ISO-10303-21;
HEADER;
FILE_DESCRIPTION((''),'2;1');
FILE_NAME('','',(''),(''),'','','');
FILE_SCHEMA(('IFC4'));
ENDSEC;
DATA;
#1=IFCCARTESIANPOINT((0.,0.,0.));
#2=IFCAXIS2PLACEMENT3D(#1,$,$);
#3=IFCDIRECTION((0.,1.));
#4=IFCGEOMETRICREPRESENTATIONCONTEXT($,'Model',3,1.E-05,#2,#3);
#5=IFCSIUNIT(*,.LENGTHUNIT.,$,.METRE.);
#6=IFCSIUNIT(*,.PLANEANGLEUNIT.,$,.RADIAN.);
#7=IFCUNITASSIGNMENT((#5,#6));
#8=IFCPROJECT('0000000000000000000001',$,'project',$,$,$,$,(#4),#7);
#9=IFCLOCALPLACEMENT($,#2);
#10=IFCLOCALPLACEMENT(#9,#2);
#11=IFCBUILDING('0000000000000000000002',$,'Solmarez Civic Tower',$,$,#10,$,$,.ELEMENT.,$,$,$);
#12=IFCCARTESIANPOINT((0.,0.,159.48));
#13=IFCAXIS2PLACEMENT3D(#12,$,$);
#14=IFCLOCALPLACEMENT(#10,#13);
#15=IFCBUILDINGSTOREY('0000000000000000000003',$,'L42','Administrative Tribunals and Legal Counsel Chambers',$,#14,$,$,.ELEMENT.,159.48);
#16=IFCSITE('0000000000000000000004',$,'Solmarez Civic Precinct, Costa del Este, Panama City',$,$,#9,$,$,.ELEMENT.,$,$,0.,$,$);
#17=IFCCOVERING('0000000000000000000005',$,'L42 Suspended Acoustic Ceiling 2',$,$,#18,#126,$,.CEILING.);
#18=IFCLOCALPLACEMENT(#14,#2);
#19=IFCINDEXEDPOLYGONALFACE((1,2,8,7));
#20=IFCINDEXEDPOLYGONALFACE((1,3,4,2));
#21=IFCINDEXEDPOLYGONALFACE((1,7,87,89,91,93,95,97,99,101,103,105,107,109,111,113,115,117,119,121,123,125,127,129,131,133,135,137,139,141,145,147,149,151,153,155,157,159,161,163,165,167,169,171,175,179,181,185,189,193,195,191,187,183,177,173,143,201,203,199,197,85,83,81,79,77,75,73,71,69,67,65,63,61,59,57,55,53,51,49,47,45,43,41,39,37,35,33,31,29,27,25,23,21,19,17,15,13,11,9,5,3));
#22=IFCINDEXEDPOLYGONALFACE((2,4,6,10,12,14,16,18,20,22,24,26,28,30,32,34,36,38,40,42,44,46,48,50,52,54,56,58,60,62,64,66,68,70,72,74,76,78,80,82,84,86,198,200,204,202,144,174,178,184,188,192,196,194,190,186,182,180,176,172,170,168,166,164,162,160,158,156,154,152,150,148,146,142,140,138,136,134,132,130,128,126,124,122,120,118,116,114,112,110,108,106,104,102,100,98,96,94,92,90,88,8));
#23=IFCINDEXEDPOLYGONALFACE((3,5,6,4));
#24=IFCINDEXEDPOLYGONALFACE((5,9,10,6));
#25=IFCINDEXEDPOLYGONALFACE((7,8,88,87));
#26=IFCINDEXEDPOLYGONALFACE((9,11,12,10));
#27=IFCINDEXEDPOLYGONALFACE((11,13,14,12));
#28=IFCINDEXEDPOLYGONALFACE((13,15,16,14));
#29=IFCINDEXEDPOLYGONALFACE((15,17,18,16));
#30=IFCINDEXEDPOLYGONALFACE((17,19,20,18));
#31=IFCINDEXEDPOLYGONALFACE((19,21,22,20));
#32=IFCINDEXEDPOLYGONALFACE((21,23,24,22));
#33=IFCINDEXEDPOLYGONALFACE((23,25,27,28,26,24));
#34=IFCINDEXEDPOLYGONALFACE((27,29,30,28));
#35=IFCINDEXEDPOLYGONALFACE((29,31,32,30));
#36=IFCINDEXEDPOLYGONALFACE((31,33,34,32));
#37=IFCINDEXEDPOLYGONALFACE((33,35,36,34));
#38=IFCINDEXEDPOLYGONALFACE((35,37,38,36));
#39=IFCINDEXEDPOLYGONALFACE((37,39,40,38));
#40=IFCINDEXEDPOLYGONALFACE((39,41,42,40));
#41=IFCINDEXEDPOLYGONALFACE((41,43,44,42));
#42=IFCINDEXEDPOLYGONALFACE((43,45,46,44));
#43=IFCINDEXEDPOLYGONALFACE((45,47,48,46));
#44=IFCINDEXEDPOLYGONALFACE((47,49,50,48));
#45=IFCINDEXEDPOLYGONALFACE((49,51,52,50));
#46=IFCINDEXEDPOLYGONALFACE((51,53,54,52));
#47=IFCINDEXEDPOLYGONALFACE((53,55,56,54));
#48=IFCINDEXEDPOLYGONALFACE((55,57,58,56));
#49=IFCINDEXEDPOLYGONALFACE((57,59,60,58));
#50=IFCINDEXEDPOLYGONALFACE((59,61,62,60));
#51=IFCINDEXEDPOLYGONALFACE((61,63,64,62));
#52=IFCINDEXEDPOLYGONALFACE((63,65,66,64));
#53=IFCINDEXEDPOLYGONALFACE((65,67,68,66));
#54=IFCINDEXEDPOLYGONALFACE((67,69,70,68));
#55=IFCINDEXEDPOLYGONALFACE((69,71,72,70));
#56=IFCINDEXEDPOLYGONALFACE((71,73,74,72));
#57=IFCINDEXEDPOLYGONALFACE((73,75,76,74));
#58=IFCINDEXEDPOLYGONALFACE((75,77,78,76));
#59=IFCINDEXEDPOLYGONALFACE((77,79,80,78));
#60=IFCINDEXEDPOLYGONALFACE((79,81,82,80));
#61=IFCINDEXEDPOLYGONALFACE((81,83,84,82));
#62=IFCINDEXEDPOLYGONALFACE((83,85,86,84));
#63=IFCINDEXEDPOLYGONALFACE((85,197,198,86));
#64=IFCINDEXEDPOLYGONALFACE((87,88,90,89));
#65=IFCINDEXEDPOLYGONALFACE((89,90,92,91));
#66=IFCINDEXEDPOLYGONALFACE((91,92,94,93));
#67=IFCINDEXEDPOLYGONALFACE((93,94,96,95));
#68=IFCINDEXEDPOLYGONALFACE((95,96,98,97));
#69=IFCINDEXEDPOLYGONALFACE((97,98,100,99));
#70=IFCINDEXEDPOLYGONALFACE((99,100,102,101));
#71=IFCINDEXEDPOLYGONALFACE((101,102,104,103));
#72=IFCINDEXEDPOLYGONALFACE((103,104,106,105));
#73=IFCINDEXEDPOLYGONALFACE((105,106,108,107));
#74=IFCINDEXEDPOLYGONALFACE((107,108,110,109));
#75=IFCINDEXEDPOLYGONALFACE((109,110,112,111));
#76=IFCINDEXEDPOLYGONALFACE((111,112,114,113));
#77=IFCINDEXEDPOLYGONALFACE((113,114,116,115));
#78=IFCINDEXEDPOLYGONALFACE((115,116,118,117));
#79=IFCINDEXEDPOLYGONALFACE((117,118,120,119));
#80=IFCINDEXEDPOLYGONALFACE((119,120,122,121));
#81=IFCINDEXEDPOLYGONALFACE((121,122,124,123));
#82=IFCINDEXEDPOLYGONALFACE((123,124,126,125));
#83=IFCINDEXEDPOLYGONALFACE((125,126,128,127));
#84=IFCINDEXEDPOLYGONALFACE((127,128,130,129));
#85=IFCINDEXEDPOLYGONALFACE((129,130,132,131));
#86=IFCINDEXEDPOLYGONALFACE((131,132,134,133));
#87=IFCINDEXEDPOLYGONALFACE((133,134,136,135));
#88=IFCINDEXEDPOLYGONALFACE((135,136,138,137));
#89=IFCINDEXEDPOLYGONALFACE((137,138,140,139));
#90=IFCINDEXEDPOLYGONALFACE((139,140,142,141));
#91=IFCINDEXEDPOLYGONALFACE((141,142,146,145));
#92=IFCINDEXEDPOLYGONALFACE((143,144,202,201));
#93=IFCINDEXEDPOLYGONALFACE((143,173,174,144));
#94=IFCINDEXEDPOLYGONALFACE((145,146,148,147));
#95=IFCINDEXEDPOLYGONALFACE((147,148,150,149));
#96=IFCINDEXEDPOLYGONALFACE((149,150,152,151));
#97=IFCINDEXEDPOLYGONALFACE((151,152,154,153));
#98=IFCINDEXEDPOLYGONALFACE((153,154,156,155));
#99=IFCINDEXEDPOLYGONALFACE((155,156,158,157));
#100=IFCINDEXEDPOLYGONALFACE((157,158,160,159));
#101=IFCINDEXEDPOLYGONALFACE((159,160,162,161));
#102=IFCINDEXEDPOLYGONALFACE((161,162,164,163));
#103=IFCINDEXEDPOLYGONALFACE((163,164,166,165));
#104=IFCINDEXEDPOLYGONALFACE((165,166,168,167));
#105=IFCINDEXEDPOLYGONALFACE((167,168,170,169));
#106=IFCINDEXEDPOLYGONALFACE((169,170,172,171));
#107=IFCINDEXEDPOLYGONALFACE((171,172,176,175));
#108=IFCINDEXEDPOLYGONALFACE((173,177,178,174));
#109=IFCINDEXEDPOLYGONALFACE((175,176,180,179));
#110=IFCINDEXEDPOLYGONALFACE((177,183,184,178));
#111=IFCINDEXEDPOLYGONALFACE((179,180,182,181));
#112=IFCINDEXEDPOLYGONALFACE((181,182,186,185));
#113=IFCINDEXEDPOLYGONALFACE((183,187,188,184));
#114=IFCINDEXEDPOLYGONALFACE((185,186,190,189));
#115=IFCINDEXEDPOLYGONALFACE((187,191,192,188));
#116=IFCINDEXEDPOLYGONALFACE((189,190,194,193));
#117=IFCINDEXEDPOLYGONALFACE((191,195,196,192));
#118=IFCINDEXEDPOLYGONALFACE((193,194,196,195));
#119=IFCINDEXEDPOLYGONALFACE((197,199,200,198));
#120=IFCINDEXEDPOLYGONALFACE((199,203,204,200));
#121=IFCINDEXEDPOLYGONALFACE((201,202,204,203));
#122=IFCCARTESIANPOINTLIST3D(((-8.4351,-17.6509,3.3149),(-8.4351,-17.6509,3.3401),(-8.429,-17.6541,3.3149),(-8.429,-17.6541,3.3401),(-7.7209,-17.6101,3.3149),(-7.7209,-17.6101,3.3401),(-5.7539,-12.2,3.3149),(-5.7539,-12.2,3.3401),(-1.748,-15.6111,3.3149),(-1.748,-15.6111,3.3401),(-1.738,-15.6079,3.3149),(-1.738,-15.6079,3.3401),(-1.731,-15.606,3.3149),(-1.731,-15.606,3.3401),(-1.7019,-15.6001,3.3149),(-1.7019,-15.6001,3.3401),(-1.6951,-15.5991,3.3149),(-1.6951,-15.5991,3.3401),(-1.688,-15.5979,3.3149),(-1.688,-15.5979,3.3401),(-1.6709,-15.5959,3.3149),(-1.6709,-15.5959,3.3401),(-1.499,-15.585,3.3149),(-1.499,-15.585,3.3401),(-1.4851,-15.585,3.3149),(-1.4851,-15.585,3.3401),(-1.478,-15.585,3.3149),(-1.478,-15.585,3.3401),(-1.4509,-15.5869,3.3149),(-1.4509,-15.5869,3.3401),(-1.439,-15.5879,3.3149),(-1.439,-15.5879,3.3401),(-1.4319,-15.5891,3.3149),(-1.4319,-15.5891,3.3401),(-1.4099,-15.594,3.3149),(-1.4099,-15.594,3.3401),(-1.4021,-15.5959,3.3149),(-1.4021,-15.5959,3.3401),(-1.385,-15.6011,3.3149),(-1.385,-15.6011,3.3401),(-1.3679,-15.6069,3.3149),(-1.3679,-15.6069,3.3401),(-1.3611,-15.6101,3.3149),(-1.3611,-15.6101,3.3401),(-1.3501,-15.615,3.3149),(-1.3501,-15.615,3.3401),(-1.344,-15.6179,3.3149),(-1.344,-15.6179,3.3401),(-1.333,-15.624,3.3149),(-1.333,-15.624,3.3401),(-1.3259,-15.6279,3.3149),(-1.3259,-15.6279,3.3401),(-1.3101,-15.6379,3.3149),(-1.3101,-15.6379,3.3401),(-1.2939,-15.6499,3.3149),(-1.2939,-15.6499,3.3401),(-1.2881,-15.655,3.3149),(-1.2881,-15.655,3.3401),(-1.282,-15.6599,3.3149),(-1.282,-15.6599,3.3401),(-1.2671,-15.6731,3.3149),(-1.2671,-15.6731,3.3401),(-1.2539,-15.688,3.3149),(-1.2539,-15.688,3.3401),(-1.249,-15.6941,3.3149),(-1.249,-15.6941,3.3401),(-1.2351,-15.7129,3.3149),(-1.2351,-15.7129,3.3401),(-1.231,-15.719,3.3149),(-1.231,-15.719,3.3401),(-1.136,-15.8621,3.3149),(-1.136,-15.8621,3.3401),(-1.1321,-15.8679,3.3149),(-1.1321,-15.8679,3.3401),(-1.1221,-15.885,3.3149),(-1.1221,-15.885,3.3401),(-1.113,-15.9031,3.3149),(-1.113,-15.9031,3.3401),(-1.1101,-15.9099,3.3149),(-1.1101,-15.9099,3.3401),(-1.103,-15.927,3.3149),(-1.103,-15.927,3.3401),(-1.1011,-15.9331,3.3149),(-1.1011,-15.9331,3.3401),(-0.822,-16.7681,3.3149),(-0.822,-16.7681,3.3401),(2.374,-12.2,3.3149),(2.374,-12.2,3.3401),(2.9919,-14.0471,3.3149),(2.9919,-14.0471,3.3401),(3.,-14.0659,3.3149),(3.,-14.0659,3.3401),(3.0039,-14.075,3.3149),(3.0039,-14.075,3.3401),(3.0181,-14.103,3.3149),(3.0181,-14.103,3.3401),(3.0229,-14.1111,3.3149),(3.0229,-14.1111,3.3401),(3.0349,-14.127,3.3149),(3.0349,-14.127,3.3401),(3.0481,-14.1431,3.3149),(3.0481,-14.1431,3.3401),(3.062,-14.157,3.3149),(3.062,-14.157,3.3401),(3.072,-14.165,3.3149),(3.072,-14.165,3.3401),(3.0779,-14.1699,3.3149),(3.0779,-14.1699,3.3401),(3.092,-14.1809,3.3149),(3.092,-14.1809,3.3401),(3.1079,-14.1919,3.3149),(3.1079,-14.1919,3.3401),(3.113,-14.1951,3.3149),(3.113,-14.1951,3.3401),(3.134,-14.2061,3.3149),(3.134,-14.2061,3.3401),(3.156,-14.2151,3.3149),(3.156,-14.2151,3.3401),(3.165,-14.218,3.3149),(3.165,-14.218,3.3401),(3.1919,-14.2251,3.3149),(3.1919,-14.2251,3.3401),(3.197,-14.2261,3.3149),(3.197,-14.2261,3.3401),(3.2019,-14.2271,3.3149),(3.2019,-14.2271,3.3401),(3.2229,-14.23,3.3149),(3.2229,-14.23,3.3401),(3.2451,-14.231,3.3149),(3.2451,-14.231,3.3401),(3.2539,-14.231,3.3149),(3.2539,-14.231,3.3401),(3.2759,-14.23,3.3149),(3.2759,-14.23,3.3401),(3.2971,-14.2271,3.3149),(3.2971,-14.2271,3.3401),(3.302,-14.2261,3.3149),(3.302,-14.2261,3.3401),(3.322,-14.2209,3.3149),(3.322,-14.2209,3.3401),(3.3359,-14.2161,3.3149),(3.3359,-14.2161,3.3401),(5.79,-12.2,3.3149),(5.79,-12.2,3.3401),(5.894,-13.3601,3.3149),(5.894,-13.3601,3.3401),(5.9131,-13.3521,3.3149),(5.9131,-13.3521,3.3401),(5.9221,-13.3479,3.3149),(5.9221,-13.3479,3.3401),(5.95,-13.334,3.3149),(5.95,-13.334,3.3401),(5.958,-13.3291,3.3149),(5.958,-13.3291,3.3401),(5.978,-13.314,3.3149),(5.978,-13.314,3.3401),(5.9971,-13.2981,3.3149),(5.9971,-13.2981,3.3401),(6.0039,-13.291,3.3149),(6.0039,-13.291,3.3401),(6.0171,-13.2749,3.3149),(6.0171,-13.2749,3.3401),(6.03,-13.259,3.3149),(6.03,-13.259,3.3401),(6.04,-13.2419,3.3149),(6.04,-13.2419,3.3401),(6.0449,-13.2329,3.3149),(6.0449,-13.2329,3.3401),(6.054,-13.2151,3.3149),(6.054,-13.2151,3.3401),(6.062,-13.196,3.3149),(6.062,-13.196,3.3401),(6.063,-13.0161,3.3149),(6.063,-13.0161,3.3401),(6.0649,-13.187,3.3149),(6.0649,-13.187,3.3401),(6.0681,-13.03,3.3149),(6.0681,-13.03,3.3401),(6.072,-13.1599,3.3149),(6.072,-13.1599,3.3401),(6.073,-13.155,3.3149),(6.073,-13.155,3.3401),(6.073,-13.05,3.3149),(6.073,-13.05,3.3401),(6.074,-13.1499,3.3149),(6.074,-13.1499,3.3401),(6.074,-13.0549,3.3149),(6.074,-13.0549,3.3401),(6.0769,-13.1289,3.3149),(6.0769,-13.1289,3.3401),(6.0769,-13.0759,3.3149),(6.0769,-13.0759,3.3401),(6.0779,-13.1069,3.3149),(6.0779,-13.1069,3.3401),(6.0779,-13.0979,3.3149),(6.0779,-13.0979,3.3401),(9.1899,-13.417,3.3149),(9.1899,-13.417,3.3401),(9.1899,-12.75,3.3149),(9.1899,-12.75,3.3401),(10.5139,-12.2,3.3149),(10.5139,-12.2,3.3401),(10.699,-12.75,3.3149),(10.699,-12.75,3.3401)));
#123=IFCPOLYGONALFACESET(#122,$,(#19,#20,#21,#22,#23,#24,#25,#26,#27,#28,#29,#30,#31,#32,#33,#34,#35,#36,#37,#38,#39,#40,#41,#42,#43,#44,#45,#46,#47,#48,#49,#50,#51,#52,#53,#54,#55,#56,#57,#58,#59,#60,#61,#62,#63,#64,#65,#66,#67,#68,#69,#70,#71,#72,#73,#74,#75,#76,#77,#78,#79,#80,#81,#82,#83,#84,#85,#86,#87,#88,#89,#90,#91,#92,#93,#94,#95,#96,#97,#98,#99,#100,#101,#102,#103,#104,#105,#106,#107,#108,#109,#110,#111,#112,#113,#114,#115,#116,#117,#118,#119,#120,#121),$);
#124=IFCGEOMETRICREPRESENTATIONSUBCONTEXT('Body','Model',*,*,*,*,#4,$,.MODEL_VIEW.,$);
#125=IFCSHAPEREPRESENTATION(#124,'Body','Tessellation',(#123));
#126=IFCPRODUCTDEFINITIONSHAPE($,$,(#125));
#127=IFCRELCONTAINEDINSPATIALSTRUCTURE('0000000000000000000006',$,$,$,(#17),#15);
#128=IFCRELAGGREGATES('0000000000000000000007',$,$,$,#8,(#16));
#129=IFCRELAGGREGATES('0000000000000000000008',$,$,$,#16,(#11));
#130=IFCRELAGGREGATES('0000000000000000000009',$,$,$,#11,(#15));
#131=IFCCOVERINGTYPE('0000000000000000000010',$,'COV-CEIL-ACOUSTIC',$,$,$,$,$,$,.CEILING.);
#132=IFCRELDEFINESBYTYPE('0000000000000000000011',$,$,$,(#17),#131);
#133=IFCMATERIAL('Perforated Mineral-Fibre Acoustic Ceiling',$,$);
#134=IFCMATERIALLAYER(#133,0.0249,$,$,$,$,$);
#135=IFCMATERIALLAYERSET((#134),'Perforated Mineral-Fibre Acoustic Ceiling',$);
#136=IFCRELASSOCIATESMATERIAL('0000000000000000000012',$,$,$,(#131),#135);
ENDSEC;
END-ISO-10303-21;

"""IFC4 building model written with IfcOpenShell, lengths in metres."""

from ifc_helpers import new_model, si_unit, direction, frame, origin, place, context, subcontext, project, spatial, polyline, outline, extrude, material, layer, layer_set, type_object, element, save


model = new_model("IFC4")

# Units and contexts
model_context = context("Model", 3, precision=1e-05, world=origin(), true_north=direction((0.0, 1.0)))
body_context = subcontext(model_context, "Body", "Model", "MODEL_VIEW")
ifc_project = project(units=[si_unit("LENGTHUNIT", "METRE"), si_unit("PLANEANGLEUNIT", "RADIAN")], contexts=[model_context])

# Site, building, storey
site_placement = place(None, origin())
site = spatial("IfcSite", under=ifc_project, at=site_placement, Name="Solmarez Civic Precinct, Costa del Este, Panama City", CompositionType="ELEMENT", RefElevation=0.0)
building_placement = place(site_placement, origin())
building = spatial("IfcBuilding", under=site, at=building_placement, Name="Solmarez Civic Tower", CompositionType="ELEMENT")
storey_placement = place(building_placement, frame((0.0, 0.0, 159.48)))
storey = spatial("IfcBuildingStorey", under=building, at=storey_placement, Name="L42", Description="Administrative Tribunals and Legal Counsel Chambers", CompositionType="ELEMENT", Elevation=159.48)

# Covering
ifc_material_1 = material(Name="Perforated Mineral-Fibre Acoustic Ceiling")
ifc_layer_1 = layer(ifc_material_1, 0.0249)
ifc_layer_set_1 = layer_set([ifc_layer_1], Name="Perforated Mineral-Fibre Acoustic Ceiling")
covering_type_1 = type_object("IfcCoveringType", Name="COV-CEIL-ACOUSTIC", PredefinedType="CEILING", material=ifc_layer_set_1)
covering_1_placement = place(storey_placement, frame((0.0, 0.0, 3.3149)))
element("IfcCovering", 1, at=covering_1_placement, inside=storey, type_object=covering_type_1, Name="L42 Suspended Acoustic Ceiling 2", PredefinedType="CEILING", context=body_context, shape_type="SweptSolid", body=[
    extrude(outline(polyline([(3.072, -14.165), (3.062, -14.157), (3.0481, -14.1431), (3.0349, -14.127), (3.0229, -14.1111), (3.0181, -14.103), (3.0039, -14.075), (3.0, -14.0659), (2.9919, -14.0471), (2.374, -12.2), (-5.7539, -12.2), (-8.4351, -17.6509), (-8.429, -17.6541), (-7.7209, -17.6101), (-1.748, -15.6111), (-1.738, -15.6079), (-1.731, -15.606), (-1.7019, -15.6001), (-1.6951, -15.5991), (-1.688, -15.5979), (-1.6709, -15.5959), (-1.499, -15.585), (-1.4851, -15.585), (-1.478, -15.585), (-1.4509, -15.5869), (-1.439, -15.5879), (-1.4319, -15.5891), (-1.4099, -15.594), (-1.4021, -15.5959), (-1.385, -15.6011), (-1.3679, -15.6069), (-1.3611, -15.6101), (-1.3501, -15.615), (-1.344, -15.6179), (-1.333, -15.624), (-1.3259, -15.6279), (-1.3101, -15.6379), (-1.2939, -15.6499), (-1.2881, -15.655), (-1.282, -15.6599), (-1.2671, -15.6731), (-1.2539, -15.688), (-1.249, -15.6941), (-1.2351, -15.7129), (-1.231, -15.719), (-1.136, -15.8621), (-1.1321, -15.8679), (-1.1221, -15.885), (-1.113, -15.9031), (-1.1101, -15.9099), (-1.103, -15.927), (-1.1011, -15.9331), (-0.822, -16.7681), (9.1899, -13.417), (9.1899, -12.75), (10.699, -12.75), (10.5139, -12.2), (5.79, -12.2), (6.063, -13.0161), (6.0681, -13.03), (6.073, -13.05), (6.074, -13.0549), (6.0769, -13.0759), (6.0779, -13.0979), (6.0779, -13.1069), (6.0769, -13.1289), (6.074, -13.1499), (6.073, -13.155), (6.072, -13.1599), (6.0649, -13.187), (6.062, -13.196), (6.054, -13.2151), (6.0449, -13.2329), (6.04, -13.2419), (6.03, -13.259), (6.0171, -13.2749), (6.0039, -13.291), (5.9971, -13.2981), (5.978, -13.314), (5.958, -13.3291), (5.95, -13.334), (5.9221, -13.3479), (5.9131, -13.3521), (5.894, -13.3601), (3.3359, -14.2161), (3.322, -14.2209), (3.302, -14.2261), (3.2971, -14.2271), (3.2759, -14.23), (3.2539, -14.231), (3.2451, -14.231), (3.2229, -14.23), (3.2019, -14.2271), (3.197, -14.2261), (3.1919, -14.2251), (3.165, -14.218), (3.156, -14.2151), (3.134, -14.2061), (3.113, -14.1951), (3.1079, -14.1919), (3.092, -14.1809), (3.0779, -14.1699), (3.072, -14.165)])), origin(), (0.0, 0.0, 1.0), 0.0251),
])

save(model, "model.ifc")
